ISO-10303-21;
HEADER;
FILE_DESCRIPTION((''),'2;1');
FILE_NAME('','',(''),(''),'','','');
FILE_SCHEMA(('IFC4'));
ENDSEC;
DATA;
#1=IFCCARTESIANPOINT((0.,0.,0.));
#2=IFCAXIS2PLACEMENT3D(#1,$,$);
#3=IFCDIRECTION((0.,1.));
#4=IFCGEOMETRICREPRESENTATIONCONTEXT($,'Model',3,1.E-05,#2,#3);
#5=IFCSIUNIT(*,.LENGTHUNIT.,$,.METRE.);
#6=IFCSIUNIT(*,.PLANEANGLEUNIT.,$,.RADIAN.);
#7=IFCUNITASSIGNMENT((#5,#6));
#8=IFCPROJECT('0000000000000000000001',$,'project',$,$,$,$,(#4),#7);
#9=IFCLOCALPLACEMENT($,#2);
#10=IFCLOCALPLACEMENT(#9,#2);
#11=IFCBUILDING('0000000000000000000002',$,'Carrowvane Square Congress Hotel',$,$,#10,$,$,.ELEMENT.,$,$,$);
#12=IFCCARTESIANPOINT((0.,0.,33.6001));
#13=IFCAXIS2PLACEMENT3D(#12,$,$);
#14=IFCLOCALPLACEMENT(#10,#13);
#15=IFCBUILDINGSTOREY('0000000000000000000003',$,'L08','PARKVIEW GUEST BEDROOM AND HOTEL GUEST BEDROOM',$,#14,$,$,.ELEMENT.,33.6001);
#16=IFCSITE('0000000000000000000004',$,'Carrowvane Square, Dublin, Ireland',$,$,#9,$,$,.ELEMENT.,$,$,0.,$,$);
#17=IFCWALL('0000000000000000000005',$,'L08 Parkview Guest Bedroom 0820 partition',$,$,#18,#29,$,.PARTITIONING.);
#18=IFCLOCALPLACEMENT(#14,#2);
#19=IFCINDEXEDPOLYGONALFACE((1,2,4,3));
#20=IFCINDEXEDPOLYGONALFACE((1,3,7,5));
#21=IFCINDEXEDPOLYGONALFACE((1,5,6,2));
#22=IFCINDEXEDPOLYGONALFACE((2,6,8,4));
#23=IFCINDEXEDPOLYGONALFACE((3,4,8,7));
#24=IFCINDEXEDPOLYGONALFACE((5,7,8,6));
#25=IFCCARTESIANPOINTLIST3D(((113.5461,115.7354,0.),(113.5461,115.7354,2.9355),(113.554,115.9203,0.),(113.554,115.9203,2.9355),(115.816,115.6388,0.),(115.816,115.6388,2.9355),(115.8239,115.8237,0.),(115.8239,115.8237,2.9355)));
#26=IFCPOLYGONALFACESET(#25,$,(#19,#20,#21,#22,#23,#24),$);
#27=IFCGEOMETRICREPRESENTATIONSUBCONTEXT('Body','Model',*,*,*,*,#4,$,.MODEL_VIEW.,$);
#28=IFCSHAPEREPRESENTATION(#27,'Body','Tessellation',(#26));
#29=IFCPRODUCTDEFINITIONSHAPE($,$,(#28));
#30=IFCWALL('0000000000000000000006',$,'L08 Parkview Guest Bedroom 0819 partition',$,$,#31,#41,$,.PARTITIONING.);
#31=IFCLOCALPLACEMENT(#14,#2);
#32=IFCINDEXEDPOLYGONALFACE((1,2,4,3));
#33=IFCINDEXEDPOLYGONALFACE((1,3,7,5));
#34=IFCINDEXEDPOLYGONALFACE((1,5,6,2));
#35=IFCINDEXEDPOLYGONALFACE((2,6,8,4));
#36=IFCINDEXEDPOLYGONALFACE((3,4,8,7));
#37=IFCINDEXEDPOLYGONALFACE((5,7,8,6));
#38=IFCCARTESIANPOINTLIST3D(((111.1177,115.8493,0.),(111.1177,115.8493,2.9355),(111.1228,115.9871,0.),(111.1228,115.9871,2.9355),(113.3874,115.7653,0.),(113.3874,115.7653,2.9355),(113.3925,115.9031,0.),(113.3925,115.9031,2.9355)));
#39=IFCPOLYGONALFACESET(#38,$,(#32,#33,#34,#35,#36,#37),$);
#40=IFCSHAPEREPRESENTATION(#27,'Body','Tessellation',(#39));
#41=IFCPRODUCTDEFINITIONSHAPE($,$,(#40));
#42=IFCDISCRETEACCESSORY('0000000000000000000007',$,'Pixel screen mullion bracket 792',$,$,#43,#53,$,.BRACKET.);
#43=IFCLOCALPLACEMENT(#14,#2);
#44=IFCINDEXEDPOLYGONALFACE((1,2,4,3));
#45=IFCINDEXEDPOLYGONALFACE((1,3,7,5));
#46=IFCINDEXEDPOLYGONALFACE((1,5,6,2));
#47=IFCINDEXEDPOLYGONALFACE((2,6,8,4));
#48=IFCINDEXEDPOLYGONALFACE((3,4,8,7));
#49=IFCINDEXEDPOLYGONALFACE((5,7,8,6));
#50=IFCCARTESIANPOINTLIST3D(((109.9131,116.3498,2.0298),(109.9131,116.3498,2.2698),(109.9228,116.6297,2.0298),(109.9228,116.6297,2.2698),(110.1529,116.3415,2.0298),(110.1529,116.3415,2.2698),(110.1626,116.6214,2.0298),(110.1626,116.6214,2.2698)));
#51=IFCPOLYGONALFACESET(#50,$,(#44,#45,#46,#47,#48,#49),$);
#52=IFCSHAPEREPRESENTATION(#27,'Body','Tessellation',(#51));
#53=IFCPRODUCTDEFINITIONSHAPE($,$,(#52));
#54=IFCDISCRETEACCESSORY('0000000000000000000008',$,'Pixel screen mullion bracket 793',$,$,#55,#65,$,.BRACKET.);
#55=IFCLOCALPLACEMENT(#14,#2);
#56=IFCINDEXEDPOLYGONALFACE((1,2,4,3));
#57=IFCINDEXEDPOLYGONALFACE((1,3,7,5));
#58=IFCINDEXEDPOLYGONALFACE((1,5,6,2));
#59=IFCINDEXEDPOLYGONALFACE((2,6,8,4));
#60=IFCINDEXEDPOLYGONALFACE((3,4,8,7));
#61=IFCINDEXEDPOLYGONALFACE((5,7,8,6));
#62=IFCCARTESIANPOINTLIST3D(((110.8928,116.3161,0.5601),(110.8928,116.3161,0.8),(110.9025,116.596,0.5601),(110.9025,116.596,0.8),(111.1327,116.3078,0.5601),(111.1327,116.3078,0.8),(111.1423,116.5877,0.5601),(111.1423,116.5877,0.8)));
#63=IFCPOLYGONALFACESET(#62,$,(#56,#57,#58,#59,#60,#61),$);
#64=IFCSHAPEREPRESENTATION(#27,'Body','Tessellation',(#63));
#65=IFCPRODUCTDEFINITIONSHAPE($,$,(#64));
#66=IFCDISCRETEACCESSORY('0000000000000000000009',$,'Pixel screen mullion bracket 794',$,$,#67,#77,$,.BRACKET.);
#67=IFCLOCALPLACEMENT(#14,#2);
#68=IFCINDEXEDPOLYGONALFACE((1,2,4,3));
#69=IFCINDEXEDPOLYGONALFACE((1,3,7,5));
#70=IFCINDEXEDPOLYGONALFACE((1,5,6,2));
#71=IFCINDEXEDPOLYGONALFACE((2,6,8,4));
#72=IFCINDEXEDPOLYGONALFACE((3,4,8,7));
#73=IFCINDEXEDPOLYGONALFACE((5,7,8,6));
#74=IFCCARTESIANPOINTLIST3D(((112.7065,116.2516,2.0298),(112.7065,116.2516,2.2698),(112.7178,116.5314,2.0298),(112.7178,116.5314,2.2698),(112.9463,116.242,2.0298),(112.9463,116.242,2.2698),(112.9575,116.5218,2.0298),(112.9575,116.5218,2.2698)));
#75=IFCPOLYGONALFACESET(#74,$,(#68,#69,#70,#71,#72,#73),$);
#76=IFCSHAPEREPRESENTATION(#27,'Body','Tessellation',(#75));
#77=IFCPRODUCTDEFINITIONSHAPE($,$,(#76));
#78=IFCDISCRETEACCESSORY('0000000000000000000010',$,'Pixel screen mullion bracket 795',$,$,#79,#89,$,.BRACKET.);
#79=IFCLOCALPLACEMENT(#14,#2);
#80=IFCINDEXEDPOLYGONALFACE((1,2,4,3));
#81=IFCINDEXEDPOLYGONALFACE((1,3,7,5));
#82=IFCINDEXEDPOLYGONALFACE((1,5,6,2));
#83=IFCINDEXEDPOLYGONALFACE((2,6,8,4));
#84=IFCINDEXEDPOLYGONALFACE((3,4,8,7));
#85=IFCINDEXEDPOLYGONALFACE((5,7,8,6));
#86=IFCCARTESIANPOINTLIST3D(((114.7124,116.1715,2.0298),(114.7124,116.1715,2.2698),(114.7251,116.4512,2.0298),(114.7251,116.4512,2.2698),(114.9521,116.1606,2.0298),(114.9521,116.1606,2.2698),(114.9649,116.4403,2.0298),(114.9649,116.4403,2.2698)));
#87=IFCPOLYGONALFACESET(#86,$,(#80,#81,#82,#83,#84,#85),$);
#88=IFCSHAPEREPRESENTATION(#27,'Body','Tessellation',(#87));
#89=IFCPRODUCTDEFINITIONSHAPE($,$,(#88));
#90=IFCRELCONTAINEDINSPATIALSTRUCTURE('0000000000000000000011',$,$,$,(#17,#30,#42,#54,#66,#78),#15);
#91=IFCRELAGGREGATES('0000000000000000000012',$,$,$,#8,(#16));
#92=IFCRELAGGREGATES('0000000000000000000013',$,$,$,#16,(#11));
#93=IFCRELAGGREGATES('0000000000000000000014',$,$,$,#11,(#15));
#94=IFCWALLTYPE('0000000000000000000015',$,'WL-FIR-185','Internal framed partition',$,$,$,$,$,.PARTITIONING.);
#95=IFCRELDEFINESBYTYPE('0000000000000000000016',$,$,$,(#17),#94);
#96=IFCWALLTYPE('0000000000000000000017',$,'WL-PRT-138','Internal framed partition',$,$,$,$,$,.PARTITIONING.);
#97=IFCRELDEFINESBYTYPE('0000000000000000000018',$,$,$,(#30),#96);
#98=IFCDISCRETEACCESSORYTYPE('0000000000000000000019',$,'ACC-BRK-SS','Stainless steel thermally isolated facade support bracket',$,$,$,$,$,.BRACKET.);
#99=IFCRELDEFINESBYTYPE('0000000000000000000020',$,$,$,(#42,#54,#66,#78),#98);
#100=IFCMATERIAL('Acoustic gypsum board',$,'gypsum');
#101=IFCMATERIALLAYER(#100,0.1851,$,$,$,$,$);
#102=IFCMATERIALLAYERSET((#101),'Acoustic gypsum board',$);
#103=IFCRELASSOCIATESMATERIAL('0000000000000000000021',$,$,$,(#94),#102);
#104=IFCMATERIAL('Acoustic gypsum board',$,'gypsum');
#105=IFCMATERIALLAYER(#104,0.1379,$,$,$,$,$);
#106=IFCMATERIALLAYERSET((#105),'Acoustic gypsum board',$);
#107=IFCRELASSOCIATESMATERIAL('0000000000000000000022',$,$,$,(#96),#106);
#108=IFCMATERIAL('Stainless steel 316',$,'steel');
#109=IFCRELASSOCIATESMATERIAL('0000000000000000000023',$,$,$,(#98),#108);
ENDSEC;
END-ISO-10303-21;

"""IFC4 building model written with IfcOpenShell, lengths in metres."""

from ifc_helpers import new_model, si_unit, direction, frame, frame_2d, origin, origin_2d, place, context, subcontext, project, spatial, rectangle, extrude, material, layer, layer_set, type_object, element, save


model = new_model("IFC4")

# Units and contexts
model_context = context("Model", 3, precision=1e-05, world=origin(), true_north=direction((0.0, 1.0)))
body_context = subcontext(model_context, "Body", "Model", "MODEL_VIEW")
ifc_project = project(units=[si_unit("LENGTHUNIT", "METRE"), si_unit("PLANEANGLEUNIT", "RADIAN")], contexts=[model_context])

# Site, building, storey
site_placement = place(None, origin())
site = spatial("IfcSite", under=ifc_project, at=site_placement, Name="Carrowvane Square, Dublin, Ireland", CompositionType="ELEMENT", RefElevation=0.0)
building_placement = place(site_placement, origin())
building = spatial("IfcBuilding", under=site, at=building_placement, Name="Carrowvane Square Congress Hotel", CompositionType="ELEMENT")
storey_placement = place(building_placement, frame((0.0, 0.0, 33.6001)))
storey = spatial("IfcBuildingStorey", under=building, at=storey_placement, Name="L08", Description="PARKVIEW GUEST BEDROOM AND HOTEL GUEST BEDROOM", CompositionType="ELEMENT", Elevation=33.6001)

# Walls
ifc_material_1 = material(Name="Acoustic gypsum board", Category="gypsum")
ifc_layer_1 = layer(ifc_material_1, 0.1851)
ifc_layer_set_1 = layer_set([ifc_layer_1], Name="Acoustic gypsum board")
wall_type_1 = type_object("IfcWallType", Name="WL-FIR-185", Description="Internal framed partition", PredefinedType="PARTITIONING", material=ifc_layer_set_1)
wall_1_placement = place(storey_placement, frame((113.55, 115.8279, 0.0), z_axis=(0.0, 0.0, 1.0), x_axis=(0.999094, -0.042551, 0.0)))
element("IfcWall", 1, at=wall_1_placement, inside=storey, type_object=wall_type_1, Name="L08 Parkview Guest Bedroom 0820 partition", PredefinedType="PARTITIONING", context=body_context, shape_type="SweptSolid", body=[
    extrude(rectangle(XDim=2.272, YDim=0.1851, at=frame_2d((1.136, 0.0))), origin(), (0.0, 0.0, 1.0), 2.9355),
])
ifc_material_2 = material(Name="Acoustic gypsum board", Category="gypsum")
ifc_layer_2 = layer(ifc_material_2, 0.1379)
ifc_layer_set_2 = layer_set([ifc_layer_2], Name="Acoustic gypsum board")
wall_type_2 = type_object("IfcWallType", Name="WL-PRT-138", Description="Internal framed partition", PredefinedType="PARTITIONING", material=ifc_layer_set_2)
wall_2_placement = place(storey_placement, frame((111.1201, 115.9182, 0.0), z_axis=(0.0, 0.0, 1.0), x_axis=(0.999316, -0.036976, 0.0)))
element("IfcWall", 2, at=wall_2_placement, inside=storey, type_object=wall_type_2, Name="L08 Parkview Guest Bedroom 0819 partition", PredefinedType="PARTITIONING", context=body_context, shape_type="SweptSolid", body=[
    extrude(rectangle(XDim=2.2712, YDim=0.1379, at=frame_2d((1.1357, 0.0))), origin(), (0.0, 0.0, 1.0), 2.9355),
])

# Discrete accessories
ifc_material_3 = material(Name="Stainless steel 316", Category="steel")
discrete_accessory_type = type_object("IfcDiscreteAccessoryType", Name="ACC-BRK-SS", Description="Stainless steel thermally isolated facade support bracket", PredefinedType="BRACKET", material=ifc_material_3)
for number, where, z_axis, x_axis, name in (
    (3, (110.0378, 116.4856, 2.0298), (0.0, 0.0, 1.0), (0.999404, -0.034527, 0.0), "Pixel screen mullion bracket 792"),
    (4, (111.0176, 116.4519, 0.5601), (0.0, 0.0, 1.0), (0.999404, -0.034527, 0.0), "Pixel screen mullion bracket 793"),
    (5, (112.832, 116.3867, 2.0298), (0.0, 0.0, 1.0), (0.999194, -0.040134, 0.0), "Pixel screen mullion bracket 794"),
    (6, (114.8386, 116.3059, 2.0298), (0.0, 0.0, 1.0), (0.998968, -0.045414, 0.0), "Pixel screen mullion bracket 795"),
):
    element("IfcDiscreteAccessory", number, at=place(storey_placement, frame(where, z_axis=z_axis, x_axis=x_axis)), inside=storey, type_object=discrete_accessory_type, Name=name, PredefinedType="BRACKET", context=body_context, shape_type="SweptSolid", body=[
        extrude(rectangle(XDim=0.24, YDim=0.28, at=origin_2d()), origin(), (0.0, 0.0, 1.0), 0.24),
    ])

save(model, "model.ifc")
